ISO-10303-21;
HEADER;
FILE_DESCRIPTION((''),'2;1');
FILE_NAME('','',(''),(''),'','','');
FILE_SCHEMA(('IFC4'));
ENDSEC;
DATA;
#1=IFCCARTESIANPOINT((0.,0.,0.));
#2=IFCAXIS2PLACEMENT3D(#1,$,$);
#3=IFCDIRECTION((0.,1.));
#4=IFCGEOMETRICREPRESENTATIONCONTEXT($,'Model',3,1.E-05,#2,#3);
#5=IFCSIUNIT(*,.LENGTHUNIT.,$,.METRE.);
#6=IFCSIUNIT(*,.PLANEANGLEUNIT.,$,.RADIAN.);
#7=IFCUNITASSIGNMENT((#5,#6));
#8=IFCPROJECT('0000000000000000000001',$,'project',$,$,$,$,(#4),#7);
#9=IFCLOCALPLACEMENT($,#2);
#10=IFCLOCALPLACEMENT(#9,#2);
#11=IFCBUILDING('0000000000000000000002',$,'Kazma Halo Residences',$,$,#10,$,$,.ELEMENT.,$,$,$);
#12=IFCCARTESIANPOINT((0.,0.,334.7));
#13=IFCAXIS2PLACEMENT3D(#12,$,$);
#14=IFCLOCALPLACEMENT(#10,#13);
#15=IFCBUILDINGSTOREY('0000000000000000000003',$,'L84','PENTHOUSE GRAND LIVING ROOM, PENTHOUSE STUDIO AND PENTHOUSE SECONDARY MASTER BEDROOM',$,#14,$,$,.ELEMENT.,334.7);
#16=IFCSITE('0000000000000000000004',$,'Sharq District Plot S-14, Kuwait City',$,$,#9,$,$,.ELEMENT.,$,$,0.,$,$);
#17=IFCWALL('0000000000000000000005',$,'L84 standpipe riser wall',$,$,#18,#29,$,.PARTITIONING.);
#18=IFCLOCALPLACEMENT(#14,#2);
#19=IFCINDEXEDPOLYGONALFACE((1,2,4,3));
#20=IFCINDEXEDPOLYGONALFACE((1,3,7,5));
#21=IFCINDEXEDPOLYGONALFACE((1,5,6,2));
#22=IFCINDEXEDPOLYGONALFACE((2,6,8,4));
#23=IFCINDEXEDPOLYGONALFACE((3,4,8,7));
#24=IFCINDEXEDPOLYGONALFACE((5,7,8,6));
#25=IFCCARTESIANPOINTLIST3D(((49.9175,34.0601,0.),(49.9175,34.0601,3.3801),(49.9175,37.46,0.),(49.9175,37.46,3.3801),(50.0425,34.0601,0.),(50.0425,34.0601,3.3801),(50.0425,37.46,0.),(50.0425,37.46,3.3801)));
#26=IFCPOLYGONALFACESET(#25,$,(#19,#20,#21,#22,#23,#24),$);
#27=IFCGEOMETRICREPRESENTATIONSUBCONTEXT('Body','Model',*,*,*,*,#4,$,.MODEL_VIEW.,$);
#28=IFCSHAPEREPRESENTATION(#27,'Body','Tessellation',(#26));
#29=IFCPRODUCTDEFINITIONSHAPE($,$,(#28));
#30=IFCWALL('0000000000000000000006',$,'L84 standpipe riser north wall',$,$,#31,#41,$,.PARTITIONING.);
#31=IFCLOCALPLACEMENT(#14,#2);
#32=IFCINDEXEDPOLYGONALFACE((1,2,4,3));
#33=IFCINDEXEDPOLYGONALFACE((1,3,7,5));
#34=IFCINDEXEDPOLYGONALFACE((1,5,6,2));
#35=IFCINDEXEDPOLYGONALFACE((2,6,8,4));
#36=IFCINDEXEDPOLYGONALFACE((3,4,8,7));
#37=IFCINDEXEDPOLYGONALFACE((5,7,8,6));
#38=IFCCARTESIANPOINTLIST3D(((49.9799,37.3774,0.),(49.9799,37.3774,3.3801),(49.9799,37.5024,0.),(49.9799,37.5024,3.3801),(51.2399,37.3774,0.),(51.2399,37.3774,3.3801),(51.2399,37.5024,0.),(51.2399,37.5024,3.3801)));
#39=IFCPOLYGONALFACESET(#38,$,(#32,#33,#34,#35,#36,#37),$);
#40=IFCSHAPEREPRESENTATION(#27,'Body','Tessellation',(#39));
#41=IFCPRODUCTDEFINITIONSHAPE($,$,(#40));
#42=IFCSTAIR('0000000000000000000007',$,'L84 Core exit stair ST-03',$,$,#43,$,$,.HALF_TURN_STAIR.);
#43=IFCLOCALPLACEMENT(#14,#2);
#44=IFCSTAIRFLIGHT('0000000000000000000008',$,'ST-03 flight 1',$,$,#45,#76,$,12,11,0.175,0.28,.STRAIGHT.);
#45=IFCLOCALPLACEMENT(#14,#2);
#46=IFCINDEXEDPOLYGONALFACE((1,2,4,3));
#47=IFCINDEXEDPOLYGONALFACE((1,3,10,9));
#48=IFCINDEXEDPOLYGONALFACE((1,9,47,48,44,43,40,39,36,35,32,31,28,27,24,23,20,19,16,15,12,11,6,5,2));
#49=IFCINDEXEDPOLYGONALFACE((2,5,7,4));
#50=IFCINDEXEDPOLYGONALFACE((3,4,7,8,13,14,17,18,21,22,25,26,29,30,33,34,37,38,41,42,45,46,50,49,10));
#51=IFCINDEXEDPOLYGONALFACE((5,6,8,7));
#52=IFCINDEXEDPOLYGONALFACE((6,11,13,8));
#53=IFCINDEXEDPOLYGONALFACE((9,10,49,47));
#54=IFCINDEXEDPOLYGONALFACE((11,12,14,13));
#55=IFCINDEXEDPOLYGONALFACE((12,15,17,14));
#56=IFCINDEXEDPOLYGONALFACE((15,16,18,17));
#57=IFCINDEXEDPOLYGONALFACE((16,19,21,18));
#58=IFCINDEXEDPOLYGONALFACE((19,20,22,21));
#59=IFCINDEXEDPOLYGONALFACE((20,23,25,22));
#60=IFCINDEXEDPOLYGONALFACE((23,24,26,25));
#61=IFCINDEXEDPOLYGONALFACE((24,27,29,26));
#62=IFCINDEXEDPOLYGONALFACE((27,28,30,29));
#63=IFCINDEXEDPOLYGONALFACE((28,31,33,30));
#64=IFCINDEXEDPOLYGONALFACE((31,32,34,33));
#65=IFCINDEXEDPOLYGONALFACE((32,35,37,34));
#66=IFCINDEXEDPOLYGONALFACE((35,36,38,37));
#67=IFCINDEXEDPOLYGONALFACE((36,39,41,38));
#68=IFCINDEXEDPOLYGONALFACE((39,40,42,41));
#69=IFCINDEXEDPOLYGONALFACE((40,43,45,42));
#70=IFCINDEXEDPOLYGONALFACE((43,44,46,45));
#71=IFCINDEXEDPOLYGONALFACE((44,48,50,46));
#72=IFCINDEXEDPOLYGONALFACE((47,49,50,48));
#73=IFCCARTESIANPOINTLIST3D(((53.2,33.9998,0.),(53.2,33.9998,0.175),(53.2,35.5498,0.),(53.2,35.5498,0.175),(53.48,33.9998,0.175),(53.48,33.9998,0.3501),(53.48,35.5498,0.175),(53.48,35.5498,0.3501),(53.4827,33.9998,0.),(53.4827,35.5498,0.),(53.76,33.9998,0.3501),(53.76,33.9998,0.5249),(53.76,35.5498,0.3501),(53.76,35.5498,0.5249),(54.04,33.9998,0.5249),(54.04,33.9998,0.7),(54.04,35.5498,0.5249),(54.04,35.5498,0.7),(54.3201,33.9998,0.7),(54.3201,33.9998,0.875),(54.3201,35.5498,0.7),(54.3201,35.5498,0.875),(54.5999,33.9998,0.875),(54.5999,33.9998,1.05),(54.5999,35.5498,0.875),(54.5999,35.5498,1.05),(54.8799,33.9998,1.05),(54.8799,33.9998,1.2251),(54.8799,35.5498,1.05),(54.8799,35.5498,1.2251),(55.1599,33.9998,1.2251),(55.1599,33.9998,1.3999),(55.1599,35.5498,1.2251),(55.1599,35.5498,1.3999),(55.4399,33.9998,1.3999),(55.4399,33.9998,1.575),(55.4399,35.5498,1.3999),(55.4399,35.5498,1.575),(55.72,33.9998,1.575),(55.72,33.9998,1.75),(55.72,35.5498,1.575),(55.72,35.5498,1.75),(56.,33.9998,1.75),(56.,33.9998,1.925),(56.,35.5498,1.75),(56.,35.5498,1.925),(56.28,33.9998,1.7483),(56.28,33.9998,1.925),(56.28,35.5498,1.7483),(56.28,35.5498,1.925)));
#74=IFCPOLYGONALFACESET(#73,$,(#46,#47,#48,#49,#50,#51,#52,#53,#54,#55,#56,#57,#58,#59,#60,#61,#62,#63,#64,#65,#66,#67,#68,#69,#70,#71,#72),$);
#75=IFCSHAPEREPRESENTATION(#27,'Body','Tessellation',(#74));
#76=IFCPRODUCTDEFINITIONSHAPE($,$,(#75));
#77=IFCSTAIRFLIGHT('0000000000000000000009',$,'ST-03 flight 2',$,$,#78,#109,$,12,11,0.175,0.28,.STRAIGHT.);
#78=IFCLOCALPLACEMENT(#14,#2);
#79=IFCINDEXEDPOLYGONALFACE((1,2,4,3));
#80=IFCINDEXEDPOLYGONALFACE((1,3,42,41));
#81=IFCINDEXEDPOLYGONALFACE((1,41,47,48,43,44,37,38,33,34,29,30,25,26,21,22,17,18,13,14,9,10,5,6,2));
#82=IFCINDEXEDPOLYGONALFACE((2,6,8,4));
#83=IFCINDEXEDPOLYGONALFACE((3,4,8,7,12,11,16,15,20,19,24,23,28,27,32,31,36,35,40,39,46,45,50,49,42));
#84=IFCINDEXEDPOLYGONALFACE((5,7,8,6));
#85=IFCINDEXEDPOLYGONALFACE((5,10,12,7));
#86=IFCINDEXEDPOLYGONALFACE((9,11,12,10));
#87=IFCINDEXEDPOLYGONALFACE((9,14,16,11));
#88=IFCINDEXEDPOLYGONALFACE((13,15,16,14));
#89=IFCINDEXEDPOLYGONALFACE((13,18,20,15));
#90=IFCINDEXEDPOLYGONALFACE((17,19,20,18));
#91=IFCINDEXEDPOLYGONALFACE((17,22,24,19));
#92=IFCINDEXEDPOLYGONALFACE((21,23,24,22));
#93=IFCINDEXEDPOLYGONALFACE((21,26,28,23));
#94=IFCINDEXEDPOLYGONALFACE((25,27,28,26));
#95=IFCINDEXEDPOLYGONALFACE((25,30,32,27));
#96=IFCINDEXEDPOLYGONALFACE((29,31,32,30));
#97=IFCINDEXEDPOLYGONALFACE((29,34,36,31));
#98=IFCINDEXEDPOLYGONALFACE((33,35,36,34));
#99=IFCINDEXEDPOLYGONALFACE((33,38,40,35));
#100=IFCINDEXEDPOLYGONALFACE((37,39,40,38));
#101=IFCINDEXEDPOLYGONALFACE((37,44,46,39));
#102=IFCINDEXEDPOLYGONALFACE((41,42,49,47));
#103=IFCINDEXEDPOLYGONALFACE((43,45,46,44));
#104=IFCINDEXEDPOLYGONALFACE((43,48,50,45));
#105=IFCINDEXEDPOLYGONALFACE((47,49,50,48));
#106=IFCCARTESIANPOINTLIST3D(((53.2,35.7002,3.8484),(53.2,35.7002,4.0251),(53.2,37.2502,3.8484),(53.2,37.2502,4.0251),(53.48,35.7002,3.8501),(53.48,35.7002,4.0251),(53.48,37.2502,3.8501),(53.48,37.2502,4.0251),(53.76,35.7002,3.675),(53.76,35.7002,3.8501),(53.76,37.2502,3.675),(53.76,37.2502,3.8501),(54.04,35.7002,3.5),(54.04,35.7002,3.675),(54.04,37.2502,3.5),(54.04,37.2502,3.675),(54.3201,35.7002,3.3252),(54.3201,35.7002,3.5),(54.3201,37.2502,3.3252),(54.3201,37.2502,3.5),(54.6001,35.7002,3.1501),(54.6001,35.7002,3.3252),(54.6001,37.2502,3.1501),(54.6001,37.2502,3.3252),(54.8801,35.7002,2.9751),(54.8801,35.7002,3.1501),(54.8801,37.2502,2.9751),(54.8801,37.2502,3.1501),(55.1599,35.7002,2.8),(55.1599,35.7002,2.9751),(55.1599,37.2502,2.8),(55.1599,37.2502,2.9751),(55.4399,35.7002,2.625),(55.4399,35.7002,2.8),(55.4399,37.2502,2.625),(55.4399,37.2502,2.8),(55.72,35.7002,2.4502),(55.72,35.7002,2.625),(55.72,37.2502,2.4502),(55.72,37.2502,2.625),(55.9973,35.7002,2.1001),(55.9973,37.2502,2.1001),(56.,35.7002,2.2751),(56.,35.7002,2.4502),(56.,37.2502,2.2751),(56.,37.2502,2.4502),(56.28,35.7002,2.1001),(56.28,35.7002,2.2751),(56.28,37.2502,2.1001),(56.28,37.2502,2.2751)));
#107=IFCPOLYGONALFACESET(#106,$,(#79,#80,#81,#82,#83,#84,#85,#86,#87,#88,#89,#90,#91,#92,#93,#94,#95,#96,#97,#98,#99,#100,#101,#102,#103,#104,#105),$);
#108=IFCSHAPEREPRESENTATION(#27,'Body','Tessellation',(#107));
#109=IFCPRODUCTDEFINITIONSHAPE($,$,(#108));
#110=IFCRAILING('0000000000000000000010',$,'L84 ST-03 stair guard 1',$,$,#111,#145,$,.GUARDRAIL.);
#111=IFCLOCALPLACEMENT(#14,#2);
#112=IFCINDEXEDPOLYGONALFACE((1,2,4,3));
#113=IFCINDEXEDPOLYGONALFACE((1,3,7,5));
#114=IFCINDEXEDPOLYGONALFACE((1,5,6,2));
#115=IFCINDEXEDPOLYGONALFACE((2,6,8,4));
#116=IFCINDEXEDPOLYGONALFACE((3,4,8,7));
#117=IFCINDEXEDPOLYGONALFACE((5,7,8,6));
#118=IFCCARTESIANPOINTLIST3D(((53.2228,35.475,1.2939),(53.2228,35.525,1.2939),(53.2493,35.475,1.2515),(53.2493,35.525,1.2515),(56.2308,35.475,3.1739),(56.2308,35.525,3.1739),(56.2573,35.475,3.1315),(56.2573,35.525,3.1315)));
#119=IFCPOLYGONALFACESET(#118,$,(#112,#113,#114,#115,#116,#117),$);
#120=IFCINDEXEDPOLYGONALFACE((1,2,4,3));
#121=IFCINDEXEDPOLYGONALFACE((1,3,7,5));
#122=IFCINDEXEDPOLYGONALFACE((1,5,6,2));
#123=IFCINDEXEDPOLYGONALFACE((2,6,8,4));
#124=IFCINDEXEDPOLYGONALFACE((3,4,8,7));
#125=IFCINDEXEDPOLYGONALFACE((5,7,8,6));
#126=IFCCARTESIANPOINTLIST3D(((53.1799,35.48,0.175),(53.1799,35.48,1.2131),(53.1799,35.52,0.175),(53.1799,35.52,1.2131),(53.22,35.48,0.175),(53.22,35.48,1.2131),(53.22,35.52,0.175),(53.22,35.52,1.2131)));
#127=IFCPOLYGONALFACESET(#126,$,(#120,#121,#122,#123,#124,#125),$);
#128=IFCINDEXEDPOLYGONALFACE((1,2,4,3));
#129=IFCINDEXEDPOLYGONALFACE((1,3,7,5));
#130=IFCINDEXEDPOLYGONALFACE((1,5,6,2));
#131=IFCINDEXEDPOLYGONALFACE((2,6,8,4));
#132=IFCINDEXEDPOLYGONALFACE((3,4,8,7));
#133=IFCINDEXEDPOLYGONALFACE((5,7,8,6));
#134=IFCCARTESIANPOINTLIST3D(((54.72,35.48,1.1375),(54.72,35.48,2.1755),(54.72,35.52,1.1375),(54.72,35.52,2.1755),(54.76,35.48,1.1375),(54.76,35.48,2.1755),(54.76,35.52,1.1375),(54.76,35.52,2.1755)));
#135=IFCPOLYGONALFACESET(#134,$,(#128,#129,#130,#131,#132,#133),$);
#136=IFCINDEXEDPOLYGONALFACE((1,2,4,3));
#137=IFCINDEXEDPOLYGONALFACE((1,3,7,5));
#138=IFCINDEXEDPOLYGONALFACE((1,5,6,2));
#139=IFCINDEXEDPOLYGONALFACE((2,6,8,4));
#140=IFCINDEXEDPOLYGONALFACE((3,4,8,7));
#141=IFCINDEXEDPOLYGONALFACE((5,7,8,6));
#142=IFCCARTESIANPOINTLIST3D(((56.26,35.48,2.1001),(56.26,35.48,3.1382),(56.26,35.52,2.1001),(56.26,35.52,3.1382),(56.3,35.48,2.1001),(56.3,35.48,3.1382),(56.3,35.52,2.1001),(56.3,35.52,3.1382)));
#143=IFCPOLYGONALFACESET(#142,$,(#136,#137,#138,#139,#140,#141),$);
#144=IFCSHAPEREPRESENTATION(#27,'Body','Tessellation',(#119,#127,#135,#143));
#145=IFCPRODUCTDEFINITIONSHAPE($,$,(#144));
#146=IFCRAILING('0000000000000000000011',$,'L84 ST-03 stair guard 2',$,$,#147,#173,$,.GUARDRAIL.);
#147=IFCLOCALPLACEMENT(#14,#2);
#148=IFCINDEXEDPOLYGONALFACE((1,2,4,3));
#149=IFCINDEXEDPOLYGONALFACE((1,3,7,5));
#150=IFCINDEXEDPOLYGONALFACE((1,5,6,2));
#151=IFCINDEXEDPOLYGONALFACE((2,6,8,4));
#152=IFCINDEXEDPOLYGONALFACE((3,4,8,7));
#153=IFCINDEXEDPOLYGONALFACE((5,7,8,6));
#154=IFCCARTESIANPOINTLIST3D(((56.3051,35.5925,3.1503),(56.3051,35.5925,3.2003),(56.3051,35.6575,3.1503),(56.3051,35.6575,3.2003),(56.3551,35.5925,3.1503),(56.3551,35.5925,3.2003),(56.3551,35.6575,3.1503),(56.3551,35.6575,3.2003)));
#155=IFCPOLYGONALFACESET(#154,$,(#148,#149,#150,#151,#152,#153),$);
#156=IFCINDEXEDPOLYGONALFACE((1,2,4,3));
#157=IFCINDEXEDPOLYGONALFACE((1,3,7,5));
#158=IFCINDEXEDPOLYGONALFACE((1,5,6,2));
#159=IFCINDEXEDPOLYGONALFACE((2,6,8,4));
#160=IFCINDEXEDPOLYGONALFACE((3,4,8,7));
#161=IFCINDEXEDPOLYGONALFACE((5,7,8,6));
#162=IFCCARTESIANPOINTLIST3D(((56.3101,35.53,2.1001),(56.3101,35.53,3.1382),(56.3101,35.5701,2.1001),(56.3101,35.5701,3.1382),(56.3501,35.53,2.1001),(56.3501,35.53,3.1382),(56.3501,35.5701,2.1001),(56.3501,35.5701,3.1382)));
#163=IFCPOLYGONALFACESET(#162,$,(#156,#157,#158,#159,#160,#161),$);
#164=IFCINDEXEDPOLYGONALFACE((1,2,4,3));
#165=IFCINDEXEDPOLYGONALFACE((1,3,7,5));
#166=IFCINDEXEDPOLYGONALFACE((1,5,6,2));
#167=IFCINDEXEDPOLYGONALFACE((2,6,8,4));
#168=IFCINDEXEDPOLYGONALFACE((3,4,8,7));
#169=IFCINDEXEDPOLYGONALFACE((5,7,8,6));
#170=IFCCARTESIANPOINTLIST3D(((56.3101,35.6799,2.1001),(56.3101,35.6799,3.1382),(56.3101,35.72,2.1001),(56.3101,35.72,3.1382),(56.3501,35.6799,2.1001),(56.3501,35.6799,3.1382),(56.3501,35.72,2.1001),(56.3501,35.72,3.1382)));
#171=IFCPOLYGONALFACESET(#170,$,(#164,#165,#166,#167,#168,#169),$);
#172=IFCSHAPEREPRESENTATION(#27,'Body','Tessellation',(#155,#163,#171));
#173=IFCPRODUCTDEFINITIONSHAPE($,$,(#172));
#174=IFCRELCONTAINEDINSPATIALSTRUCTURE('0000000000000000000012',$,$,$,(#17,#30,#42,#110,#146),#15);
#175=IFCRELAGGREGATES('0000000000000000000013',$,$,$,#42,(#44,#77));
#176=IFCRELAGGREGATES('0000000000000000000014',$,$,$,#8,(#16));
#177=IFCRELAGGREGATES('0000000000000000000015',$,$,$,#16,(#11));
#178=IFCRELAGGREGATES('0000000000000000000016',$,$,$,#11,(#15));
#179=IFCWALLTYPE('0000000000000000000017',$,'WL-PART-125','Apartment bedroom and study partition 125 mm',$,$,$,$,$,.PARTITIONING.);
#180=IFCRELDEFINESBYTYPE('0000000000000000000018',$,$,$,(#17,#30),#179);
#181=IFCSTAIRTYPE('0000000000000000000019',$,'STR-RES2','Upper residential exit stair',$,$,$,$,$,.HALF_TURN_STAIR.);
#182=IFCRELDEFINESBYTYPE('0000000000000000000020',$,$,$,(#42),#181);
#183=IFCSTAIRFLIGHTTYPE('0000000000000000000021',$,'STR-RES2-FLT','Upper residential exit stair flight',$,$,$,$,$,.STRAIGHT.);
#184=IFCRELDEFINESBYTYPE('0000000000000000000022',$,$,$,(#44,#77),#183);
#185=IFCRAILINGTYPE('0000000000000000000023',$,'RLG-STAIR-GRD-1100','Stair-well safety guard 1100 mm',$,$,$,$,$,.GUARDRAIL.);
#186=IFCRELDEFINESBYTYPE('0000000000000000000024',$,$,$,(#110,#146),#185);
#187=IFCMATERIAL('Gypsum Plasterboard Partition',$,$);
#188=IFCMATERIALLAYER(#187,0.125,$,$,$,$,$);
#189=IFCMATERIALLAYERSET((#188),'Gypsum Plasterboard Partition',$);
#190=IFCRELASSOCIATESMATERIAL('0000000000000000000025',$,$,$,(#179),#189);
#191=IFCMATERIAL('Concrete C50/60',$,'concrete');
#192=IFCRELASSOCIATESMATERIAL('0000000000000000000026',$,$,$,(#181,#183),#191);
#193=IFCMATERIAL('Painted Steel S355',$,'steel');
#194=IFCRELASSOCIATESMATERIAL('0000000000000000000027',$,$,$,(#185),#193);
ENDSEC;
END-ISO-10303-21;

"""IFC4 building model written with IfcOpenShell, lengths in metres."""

from ifc_helpers import new_model, si_unit, direction, frame, frame_2d, origin, origin_2d, place, context, subcontext, project, spatial, polyline, rectangle, outline, extrude, material, layer, layer_set, type_object, element, aggregate, save


model = new_model("IFC4")

# Units and contexts
model_context = context("Model", 3, precision=1e-05, world=origin(), true_north=direction((0.0, 1.0)))
body_context = subcontext(model_context, "Body", "Model", "MODEL_VIEW")
ifc_project = project(units=[si_unit("LENGTHUNIT", "METRE"), si_unit("PLANEANGLEUNIT", "RADIAN")], contexts=[model_context])

# Site, building, storey
site_placement = place(None, origin())
site = spatial("IfcSite", under=ifc_project, at=site_placement, Name="Sharq District Plot S-14, Kuwait City", CompositionType="ELEMENT", RefElevation=0.0)
building_placement = place(site_placement, origin())
building = spatial("IfcBuilding", under=site, at=building_placement, Name="Kazma Halo Residences", CompositionType="ELEMENT")
storey_placement = place(building_placement, frame((0.0, 0.0, 334.7)))
storey = spatial("IfcBuildingStorey", under=building, at=storey_placement, Name="L84", Description="PENTHOUSE GRAND LIVING ROOM, PENTHOUSE STUDIO AND PENTHOUSE SECONDARY MASTER BEDROOM", CompositionType="ELEMENT", Elevation=334.7)

# Walls
ifc_material_1 = material(Name="Gypsum Plasterboard Partition")
ifc_layer_1 = layer(ifc_material_1, 0.125)
ifc_layer_set_1 = layer_set([ifc_layer_1], Name="Gypsum Plasterboard Partition")
wall_type_1 = type_object("IfcWallType", Name="WL-PART-125", Description="Apartment bedroom and study partition 125 mm", PredefinedType="PARTITIONING", material=ifc_layer_set_1)
wall_1_placement = place(storey_placement, frame((49.98, 34.0601, 0.0), z_axis=(0.0, 0.0, 1.0), x_axis=(0.0, 1.0, 0.0)))
element("IfcWall", 1, at=wall_1_placement, inside=storey, type_object=wall_type_1, Name="L84 standpipe riser wall", PredefinedType="PARTITIONING", context=body_context, shape_type="SweptSolid", body=[
    extrude(rectangle(XDim=3.3999, YDim=0.125, at=frame_2d((1.7, 0.0))), origin(), (0.0, 0.0, 1.0), 3.3801),
])
wall_2_placement = place(storey_placement, frame((49.98, 37.4399, 0.0), z_axis=(0.0, 0.0, 1.0), x_axis=(1.0, 0.0, 0.0)))
element("IfcWall", 2, at=wall_2_placement, inside=storey, type_object=wall_type_1, Name="L84 standpipe riser north wall", PredefinedType="PARTITIONING", context=body_context, shape_type="SweptSolid", body=[
    extrude(rectangle(XDim=1.26, YDim=0.125, at=frame_2d((0.6299, 0.0))), origin(), (0.0, 0.0, 1.0), 3.3801),
])

# Shared definitions
ifc_material_2 = material(Name="Concrete C50/60", Category="concrete")

# Stair, stair flights
stair_type = type_object("IfcStairType", Name="STR-RES2", Description="Upper residential exit stair", PredefinedType="HALF_TURN_STAIR", material=ifc_material_2)
stair_placement = place(storey_placement, origin())
stair = element("IfcStair", 3, at=stair_placement, inside=storey, type_object=stair_type, Name="L84 Core exit stair ST-03", PredefinedType="HALF_TURN_STAIR")
stair_flight_type = type_object("IfcStairFlightType", Name="STR-RES2-FLT", Description="Upper residential exit stair flight", PredefinedType="STRAIGHT", material=ifc_material_2)
stair_flight_1_placement = place(storey_placement, frame((53.2, 34.7749, 0.0), z_axis=(0.0, 0.0, 1.0), x_axis=(1.0, 0.0, 0.0)))
stair_flight_1 = element("IfcStairFlight", 4, at=stair_flight_1_placement, type_object=stair_flight_type, Name="ST-03 flight 1", NumberOfRisers=12, NumberOfTreads=11, PredefinedType="STRAIGHT", RiserHeight=0.175, TreadLength=0.28, context=body_context, shape_type="SweptSolid", body=[
    extrude(outline(polyline([(0.0, 0.0), (0.0, 0.175), (0.28, 0.175), (0.28, 0.3501), (0.5601, 0.3501), (0.5601, 0.5249), (0.8401, 0.5249), (0.8401, 0.7), (1.1201, 0.7), (1.1201, 0.875), (1.3999, 0.875), (1.3999, 1.05), (1.6799, 1.05), (1.6799, 1.2251), (1.96, 1.2251), (1.96, 1.3999), (2.24, 1.3999), (2.24, 1.575), (2.52, 1.575), (2.52, 1.75), (2.8, 1.75), (2.8, 1.925), (3.0801, 1.925), (3.0801, 2.1001), (3.0801, 1.7483), (0.2827, 0.0), (0.0, 0.0)])), frame((0.0, 0.7749, 0.0), z_axis=(0.0, -1.0, 0.0), x_axis=(1.0, 0.0, 0.0)), (0.0, 0.0, 1.0), 1.55),
])
stair_flight_2_placement = place(storey_placement, frame((56.28, 36.4751, 2.1001), z_axis=(0.0, 0.0, 1.0), x_axis=(-1.0, 0.0, 0.0)))
stair_flight_2 = element("IfcStairFlight", 5, at=stair_flight_2_placement, type_object=stair_flight_type, Name="ST-03 flight 2", NumberOfRisers=12, NumberOfTreads=11, PredefinedType="STRAIGHT", RiserHeight=0.175, TreadLength=0.28, context=body_context, shape_type="SweptSolid", body=[
    extrude(outline(polyline([(0.0, 0.0), (0.0, 0.175), (0.28, 0.175), (0.28, 0.3501), (0.5601, 0.3501), (0.5601, 0.5249), (0.8401, 0.5249), (0.8401, 0.7), (1.1201, 0.7), (1.1201, 0.875), (1.3999, 0.875), (1.3999, 1.05), (1.6799, 1.05), (1.6799, 1.2251), (1.96, 1.2251), (1.96, 1.3999), (2.24, 1.3999), (2.24, 1.575), (2.52, 1.575), (2.52, 1.75), (2.8, 1.75), (2.8, 1.925), (3.0801, 1.925), (3.0801, 2.1001), (3.0801, 1.7483), (0.2827, 0.0), (0.0, 0.0)])), frame((0.0, 0.7749, 0.0), z_axis=(0.0, -1.0, 0.0), x_axis=(1.0, 0.0, 0.0)), (0.0, 0.0, 1.0), 1.55),
])
aggregate(stair, [stair_flight_1, stair_flight_2])

# Railings
ifc_material_3 = material(Name="Painted Steel S355", Category="steel")
railing_type_1 = type_object("IfcRailingType", Name="RLG-STAIR-GRD-1100", Description="Stair-well safety guard 1100 mm", PredefinedType="GUARDRAIL", material=ifc_material_3)
railing_1_placement = place(storey_placement, frame((53.2, 35.5, 0.175)))
element("IfcRailing", 6, at=railing_1_placement, inside=storey, type_object=railing_type_1, Name="L84 ST-03 stair guard 1", PredefinedType="GUARDRAIL", context=body_context, shape_type="SweptSolid", body=[
    extrude(rectangle(XDim=0.05, YDim=0.05, at=origin_2d()), frame((0.0361, 0.0, 1.0977), z_axis=(0.847998, 0.0, 0.529999), x_axis=(0.0, 1.0, 0.0)), (0.0, 0.0, 1.0), 3.5471),
    extrude(rectangle(XDim=0.04, YDim=0.04, at=origin_2d()), origin(), (0.0, 0.0, 1.0), 1.0381),
    extrude(rectangle(XDim=0.04, YDim=0.04, at=origin_2d()), frame((1.54, 0.0, 0.9624)), (0.0, 0.0, 1.0), 1.0381),
    extrude(rectangle(XDim=0.04, YDim=0.04, at=origin_2d()), frame((3.0801, 0.0, 1.925)), (0.0, 0.0, 1.0), 1.0381),
])
railing_2_placement = place(storey_placement, frame((56.3301, 35.55, 2.1001)))
element("IfcRailing", 7, at=railing_2_placement, inside=storey, type_object=railing_type_1, Name="L84 ST-03 stair guard 2", PredefinedType="GUARDRAIL", context=body_context, shape_type="SweptSolid", body=[
    extrude(rectangle(XDim=0.05, YDim=0.05, at=origin_2d()), frame((0.0, 0.0425, 1.0752), z_axis=(0.0, 1.0, 0.0), x_axis=(-1.0, 0.0, 0.0)), (0.0, 0.0, 1.0), 0.0649),
    extrude(rectangle(XDim=0.04, YDim=0.04, at=origin_2d()), origin(), (0.0, 0.0, 1.0), 1.0381),
    extrude(rectangle(XDim=0.04, YDim=0.04, at=origin_2d()), frame((0.0, 0.1499, 0.0)), (0.0, 0.0, 1.0), 1.0381),
])

save(model, "model.ifc")
